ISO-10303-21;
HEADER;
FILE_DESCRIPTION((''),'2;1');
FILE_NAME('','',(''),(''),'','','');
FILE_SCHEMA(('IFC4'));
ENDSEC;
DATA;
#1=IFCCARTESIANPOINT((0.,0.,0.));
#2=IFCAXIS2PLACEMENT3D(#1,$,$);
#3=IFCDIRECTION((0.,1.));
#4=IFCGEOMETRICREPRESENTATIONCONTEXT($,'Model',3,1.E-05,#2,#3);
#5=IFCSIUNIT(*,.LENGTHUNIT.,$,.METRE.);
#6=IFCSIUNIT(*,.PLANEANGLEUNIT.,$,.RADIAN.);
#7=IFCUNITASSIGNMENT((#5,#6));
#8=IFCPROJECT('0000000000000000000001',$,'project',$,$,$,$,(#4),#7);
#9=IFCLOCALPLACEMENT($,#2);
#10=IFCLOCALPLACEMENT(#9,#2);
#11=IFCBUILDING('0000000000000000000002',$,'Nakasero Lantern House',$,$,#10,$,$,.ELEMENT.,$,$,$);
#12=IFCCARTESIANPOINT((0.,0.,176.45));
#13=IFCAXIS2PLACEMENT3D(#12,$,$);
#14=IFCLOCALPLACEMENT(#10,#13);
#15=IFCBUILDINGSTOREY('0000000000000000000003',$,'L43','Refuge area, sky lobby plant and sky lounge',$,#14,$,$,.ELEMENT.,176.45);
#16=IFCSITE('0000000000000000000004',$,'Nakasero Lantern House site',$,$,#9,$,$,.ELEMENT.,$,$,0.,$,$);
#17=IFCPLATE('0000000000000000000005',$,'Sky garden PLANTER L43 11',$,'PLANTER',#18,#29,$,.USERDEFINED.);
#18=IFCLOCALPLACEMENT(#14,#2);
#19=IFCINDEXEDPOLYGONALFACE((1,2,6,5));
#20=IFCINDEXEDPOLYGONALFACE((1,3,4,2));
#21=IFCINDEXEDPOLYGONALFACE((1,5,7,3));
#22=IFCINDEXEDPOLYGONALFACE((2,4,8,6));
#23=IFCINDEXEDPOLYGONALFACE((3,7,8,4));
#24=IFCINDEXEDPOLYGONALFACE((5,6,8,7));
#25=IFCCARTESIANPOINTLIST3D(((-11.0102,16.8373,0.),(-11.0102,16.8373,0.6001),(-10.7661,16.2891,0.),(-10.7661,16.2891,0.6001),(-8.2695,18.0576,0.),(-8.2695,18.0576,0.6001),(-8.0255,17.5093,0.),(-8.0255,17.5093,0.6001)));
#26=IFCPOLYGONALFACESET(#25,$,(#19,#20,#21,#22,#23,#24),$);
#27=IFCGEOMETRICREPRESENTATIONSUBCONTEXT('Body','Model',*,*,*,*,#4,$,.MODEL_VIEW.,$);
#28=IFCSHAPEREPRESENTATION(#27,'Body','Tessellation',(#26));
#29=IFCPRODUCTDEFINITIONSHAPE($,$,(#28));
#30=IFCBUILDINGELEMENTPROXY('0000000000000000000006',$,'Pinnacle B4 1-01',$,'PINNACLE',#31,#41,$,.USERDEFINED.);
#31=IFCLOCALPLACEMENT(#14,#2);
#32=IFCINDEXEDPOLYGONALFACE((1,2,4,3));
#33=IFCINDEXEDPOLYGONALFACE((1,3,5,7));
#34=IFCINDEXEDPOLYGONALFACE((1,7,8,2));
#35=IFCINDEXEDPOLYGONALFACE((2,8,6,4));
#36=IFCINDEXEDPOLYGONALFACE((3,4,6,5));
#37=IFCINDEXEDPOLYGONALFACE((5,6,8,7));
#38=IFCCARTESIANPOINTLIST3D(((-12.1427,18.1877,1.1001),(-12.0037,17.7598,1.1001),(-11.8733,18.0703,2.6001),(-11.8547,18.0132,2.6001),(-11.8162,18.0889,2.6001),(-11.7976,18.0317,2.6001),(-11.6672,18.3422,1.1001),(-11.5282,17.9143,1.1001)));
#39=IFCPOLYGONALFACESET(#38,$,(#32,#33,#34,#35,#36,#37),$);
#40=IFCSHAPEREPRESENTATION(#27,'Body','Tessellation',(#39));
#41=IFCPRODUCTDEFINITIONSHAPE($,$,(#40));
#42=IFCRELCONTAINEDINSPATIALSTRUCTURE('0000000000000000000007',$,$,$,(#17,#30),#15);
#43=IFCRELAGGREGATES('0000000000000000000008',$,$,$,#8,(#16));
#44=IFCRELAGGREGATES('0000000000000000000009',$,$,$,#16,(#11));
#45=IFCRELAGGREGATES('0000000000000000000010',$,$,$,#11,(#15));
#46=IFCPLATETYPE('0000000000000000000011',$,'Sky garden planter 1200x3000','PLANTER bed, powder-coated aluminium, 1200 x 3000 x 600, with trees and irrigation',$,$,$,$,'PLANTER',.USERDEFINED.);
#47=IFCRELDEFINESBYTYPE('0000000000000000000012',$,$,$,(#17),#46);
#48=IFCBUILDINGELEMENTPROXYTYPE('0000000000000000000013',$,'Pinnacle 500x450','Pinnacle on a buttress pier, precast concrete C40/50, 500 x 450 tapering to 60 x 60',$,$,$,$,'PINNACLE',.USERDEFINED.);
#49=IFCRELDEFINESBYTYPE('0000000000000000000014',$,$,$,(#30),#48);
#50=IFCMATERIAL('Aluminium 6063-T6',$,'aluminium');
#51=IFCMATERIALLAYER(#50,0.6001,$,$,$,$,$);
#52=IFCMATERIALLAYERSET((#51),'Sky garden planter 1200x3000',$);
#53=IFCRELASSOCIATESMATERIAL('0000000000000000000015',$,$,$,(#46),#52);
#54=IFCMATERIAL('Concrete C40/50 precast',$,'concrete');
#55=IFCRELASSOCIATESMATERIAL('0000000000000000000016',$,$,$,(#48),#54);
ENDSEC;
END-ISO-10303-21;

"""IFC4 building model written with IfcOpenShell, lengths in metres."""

from ifc_helpers import new_model, entity, si_unit, direction, frame, origin, origin_2d, place, context, subcontext, project, spatial, rectangle, extrude, material, layer, layer_set, type_object, element, save


model = new_model("IFC4")

# Units and contexts
model_context = context("Model", 3, precision=1e-05, world=origin(), true_north=direction((0.0, 1.0)))
body_context = subcontext(model_context, "Body", "Model", "MODEL_VIEW")
ifc_project = project(units=[si_unit("LENGTHUNIT", "METRE"), si_unit("PLANEANGLEUNIT", "RADIAN")], contexts=[model_context])

# Site, building, storey
site_placement = place(None, origin())
site = spatial("IfcSite", under=ifc_project, at=site_placement, Name="Nakasero Lantern House site", CompositionType="ELEMENT", RefElevation=0.0)
building_placement = place(site_placement, origin())
building = spatial("IfcBuilding", under=site, at=building_placement, Name="Nakasero Lantern House", CompositionType="ELEMENT")
storey_placement = place(building_placement, frame((0.0, 0.0, 176.45)))
storey = spatial("IfcBuildingStorey", under=building, at=storey_placement, Name="L43", Description="Refuge area, sky lobby plant and sky lounge", CompositionType="ELEMENT", Elevation=176.45)

# Plate
ifc_material_1 = material(Name="Aluminium 6063-T6", Category="aluminium")
ifc_layer_1 = layer(ifc_material_1, 0.6001)
ifc_layer_set_1 = layer_set([ifc_layer_1], Name="Sky garden planter 1200x3000")
plate_type_1 = type_object("IfcPlateType", Name="Sky garden planter 1200x3000", Description="PLANTER bed, powder-coated aluminium, 1200 x 3000 x 600, with trees and irrigation", ElementType="PLANTER", PredefinedType="USERDEFINED", material=ifc_layer_set_1)
plate_1_placement = place(storey_placement, frame((-9.5178, 17.1733, 0.0), z_axis=(0.0, 0.0, 1.0), x_axis=(-0.406737, 0.913545, 0.0)))
element("IfcPlate", 1, at=plate_1_placement, inside=storey, type_object=plate_type_1, Name="Sky garden PLANTER L43 11", ObjectType="PLANTER", PredefinedType="USERDEFINED", context=body_context, shape_type="SweptSolid", body=[
    extrude(rectangle(XDim=0.6001, YDim=3.0, at=origin_2d()), origin(), (0.0, 0.0, 1.0), 0.6001),
])

# Building element proxy
ifc_material_2 = material(Name="Concrete C40/50 precast", Category="concrete")
building_element_proxy_type = type_object("IfcBuildingElementProxyType", Name="Pinnacle 500x450", Description="Pinnacle on a buttress pier, precast concrete C40/50, 500 x 450 tapering to 60 x 60", ElementType="PINNACLE", PredefinedType="USERDEFINED", material=ifc_material_2)
proxy_placement = place(storey_placement, frame((-11.8354, 18.051, 1.1001), z_axis=(0.0, 0.0, 1.0), x_axis=(-0.309017, 0.951057, 0.0)))
element("IfcBuildingElementProxy", 2, at=proxy_placement, inside=storey, type_object=building_element_proxy_type, Name="Pinnacle B4 1-01", ObjectType="PINNACLE", PredefinedType="USERDEFINED", context=body_context, shape_type="SweptSolid", body=[
    entity("IfcExtrudedAreaSolidTapered", entity("IfcRectangleProfileDef", "AREA", None, entity("IfcAxis2Placement2D", entity("IfcCartesianPoint", [0.0, 0.0])), 0.45, 0.5), entity("IfcAxis2Placement3D", entity("IfcCartesianPoint", [0.0, 0.0, 0.0])), entity("IfcDirection", [0.0, 0.0, 1.0]), 1.5, entity("IfcRectangleProfileDef", "AREA", None, entity("IfcAxis2Placement2D", entity("IfcCartesianPoint", [0.0, 0.0])), 0.0601, 0.0601)),
])

save(model, "model.ifc")
